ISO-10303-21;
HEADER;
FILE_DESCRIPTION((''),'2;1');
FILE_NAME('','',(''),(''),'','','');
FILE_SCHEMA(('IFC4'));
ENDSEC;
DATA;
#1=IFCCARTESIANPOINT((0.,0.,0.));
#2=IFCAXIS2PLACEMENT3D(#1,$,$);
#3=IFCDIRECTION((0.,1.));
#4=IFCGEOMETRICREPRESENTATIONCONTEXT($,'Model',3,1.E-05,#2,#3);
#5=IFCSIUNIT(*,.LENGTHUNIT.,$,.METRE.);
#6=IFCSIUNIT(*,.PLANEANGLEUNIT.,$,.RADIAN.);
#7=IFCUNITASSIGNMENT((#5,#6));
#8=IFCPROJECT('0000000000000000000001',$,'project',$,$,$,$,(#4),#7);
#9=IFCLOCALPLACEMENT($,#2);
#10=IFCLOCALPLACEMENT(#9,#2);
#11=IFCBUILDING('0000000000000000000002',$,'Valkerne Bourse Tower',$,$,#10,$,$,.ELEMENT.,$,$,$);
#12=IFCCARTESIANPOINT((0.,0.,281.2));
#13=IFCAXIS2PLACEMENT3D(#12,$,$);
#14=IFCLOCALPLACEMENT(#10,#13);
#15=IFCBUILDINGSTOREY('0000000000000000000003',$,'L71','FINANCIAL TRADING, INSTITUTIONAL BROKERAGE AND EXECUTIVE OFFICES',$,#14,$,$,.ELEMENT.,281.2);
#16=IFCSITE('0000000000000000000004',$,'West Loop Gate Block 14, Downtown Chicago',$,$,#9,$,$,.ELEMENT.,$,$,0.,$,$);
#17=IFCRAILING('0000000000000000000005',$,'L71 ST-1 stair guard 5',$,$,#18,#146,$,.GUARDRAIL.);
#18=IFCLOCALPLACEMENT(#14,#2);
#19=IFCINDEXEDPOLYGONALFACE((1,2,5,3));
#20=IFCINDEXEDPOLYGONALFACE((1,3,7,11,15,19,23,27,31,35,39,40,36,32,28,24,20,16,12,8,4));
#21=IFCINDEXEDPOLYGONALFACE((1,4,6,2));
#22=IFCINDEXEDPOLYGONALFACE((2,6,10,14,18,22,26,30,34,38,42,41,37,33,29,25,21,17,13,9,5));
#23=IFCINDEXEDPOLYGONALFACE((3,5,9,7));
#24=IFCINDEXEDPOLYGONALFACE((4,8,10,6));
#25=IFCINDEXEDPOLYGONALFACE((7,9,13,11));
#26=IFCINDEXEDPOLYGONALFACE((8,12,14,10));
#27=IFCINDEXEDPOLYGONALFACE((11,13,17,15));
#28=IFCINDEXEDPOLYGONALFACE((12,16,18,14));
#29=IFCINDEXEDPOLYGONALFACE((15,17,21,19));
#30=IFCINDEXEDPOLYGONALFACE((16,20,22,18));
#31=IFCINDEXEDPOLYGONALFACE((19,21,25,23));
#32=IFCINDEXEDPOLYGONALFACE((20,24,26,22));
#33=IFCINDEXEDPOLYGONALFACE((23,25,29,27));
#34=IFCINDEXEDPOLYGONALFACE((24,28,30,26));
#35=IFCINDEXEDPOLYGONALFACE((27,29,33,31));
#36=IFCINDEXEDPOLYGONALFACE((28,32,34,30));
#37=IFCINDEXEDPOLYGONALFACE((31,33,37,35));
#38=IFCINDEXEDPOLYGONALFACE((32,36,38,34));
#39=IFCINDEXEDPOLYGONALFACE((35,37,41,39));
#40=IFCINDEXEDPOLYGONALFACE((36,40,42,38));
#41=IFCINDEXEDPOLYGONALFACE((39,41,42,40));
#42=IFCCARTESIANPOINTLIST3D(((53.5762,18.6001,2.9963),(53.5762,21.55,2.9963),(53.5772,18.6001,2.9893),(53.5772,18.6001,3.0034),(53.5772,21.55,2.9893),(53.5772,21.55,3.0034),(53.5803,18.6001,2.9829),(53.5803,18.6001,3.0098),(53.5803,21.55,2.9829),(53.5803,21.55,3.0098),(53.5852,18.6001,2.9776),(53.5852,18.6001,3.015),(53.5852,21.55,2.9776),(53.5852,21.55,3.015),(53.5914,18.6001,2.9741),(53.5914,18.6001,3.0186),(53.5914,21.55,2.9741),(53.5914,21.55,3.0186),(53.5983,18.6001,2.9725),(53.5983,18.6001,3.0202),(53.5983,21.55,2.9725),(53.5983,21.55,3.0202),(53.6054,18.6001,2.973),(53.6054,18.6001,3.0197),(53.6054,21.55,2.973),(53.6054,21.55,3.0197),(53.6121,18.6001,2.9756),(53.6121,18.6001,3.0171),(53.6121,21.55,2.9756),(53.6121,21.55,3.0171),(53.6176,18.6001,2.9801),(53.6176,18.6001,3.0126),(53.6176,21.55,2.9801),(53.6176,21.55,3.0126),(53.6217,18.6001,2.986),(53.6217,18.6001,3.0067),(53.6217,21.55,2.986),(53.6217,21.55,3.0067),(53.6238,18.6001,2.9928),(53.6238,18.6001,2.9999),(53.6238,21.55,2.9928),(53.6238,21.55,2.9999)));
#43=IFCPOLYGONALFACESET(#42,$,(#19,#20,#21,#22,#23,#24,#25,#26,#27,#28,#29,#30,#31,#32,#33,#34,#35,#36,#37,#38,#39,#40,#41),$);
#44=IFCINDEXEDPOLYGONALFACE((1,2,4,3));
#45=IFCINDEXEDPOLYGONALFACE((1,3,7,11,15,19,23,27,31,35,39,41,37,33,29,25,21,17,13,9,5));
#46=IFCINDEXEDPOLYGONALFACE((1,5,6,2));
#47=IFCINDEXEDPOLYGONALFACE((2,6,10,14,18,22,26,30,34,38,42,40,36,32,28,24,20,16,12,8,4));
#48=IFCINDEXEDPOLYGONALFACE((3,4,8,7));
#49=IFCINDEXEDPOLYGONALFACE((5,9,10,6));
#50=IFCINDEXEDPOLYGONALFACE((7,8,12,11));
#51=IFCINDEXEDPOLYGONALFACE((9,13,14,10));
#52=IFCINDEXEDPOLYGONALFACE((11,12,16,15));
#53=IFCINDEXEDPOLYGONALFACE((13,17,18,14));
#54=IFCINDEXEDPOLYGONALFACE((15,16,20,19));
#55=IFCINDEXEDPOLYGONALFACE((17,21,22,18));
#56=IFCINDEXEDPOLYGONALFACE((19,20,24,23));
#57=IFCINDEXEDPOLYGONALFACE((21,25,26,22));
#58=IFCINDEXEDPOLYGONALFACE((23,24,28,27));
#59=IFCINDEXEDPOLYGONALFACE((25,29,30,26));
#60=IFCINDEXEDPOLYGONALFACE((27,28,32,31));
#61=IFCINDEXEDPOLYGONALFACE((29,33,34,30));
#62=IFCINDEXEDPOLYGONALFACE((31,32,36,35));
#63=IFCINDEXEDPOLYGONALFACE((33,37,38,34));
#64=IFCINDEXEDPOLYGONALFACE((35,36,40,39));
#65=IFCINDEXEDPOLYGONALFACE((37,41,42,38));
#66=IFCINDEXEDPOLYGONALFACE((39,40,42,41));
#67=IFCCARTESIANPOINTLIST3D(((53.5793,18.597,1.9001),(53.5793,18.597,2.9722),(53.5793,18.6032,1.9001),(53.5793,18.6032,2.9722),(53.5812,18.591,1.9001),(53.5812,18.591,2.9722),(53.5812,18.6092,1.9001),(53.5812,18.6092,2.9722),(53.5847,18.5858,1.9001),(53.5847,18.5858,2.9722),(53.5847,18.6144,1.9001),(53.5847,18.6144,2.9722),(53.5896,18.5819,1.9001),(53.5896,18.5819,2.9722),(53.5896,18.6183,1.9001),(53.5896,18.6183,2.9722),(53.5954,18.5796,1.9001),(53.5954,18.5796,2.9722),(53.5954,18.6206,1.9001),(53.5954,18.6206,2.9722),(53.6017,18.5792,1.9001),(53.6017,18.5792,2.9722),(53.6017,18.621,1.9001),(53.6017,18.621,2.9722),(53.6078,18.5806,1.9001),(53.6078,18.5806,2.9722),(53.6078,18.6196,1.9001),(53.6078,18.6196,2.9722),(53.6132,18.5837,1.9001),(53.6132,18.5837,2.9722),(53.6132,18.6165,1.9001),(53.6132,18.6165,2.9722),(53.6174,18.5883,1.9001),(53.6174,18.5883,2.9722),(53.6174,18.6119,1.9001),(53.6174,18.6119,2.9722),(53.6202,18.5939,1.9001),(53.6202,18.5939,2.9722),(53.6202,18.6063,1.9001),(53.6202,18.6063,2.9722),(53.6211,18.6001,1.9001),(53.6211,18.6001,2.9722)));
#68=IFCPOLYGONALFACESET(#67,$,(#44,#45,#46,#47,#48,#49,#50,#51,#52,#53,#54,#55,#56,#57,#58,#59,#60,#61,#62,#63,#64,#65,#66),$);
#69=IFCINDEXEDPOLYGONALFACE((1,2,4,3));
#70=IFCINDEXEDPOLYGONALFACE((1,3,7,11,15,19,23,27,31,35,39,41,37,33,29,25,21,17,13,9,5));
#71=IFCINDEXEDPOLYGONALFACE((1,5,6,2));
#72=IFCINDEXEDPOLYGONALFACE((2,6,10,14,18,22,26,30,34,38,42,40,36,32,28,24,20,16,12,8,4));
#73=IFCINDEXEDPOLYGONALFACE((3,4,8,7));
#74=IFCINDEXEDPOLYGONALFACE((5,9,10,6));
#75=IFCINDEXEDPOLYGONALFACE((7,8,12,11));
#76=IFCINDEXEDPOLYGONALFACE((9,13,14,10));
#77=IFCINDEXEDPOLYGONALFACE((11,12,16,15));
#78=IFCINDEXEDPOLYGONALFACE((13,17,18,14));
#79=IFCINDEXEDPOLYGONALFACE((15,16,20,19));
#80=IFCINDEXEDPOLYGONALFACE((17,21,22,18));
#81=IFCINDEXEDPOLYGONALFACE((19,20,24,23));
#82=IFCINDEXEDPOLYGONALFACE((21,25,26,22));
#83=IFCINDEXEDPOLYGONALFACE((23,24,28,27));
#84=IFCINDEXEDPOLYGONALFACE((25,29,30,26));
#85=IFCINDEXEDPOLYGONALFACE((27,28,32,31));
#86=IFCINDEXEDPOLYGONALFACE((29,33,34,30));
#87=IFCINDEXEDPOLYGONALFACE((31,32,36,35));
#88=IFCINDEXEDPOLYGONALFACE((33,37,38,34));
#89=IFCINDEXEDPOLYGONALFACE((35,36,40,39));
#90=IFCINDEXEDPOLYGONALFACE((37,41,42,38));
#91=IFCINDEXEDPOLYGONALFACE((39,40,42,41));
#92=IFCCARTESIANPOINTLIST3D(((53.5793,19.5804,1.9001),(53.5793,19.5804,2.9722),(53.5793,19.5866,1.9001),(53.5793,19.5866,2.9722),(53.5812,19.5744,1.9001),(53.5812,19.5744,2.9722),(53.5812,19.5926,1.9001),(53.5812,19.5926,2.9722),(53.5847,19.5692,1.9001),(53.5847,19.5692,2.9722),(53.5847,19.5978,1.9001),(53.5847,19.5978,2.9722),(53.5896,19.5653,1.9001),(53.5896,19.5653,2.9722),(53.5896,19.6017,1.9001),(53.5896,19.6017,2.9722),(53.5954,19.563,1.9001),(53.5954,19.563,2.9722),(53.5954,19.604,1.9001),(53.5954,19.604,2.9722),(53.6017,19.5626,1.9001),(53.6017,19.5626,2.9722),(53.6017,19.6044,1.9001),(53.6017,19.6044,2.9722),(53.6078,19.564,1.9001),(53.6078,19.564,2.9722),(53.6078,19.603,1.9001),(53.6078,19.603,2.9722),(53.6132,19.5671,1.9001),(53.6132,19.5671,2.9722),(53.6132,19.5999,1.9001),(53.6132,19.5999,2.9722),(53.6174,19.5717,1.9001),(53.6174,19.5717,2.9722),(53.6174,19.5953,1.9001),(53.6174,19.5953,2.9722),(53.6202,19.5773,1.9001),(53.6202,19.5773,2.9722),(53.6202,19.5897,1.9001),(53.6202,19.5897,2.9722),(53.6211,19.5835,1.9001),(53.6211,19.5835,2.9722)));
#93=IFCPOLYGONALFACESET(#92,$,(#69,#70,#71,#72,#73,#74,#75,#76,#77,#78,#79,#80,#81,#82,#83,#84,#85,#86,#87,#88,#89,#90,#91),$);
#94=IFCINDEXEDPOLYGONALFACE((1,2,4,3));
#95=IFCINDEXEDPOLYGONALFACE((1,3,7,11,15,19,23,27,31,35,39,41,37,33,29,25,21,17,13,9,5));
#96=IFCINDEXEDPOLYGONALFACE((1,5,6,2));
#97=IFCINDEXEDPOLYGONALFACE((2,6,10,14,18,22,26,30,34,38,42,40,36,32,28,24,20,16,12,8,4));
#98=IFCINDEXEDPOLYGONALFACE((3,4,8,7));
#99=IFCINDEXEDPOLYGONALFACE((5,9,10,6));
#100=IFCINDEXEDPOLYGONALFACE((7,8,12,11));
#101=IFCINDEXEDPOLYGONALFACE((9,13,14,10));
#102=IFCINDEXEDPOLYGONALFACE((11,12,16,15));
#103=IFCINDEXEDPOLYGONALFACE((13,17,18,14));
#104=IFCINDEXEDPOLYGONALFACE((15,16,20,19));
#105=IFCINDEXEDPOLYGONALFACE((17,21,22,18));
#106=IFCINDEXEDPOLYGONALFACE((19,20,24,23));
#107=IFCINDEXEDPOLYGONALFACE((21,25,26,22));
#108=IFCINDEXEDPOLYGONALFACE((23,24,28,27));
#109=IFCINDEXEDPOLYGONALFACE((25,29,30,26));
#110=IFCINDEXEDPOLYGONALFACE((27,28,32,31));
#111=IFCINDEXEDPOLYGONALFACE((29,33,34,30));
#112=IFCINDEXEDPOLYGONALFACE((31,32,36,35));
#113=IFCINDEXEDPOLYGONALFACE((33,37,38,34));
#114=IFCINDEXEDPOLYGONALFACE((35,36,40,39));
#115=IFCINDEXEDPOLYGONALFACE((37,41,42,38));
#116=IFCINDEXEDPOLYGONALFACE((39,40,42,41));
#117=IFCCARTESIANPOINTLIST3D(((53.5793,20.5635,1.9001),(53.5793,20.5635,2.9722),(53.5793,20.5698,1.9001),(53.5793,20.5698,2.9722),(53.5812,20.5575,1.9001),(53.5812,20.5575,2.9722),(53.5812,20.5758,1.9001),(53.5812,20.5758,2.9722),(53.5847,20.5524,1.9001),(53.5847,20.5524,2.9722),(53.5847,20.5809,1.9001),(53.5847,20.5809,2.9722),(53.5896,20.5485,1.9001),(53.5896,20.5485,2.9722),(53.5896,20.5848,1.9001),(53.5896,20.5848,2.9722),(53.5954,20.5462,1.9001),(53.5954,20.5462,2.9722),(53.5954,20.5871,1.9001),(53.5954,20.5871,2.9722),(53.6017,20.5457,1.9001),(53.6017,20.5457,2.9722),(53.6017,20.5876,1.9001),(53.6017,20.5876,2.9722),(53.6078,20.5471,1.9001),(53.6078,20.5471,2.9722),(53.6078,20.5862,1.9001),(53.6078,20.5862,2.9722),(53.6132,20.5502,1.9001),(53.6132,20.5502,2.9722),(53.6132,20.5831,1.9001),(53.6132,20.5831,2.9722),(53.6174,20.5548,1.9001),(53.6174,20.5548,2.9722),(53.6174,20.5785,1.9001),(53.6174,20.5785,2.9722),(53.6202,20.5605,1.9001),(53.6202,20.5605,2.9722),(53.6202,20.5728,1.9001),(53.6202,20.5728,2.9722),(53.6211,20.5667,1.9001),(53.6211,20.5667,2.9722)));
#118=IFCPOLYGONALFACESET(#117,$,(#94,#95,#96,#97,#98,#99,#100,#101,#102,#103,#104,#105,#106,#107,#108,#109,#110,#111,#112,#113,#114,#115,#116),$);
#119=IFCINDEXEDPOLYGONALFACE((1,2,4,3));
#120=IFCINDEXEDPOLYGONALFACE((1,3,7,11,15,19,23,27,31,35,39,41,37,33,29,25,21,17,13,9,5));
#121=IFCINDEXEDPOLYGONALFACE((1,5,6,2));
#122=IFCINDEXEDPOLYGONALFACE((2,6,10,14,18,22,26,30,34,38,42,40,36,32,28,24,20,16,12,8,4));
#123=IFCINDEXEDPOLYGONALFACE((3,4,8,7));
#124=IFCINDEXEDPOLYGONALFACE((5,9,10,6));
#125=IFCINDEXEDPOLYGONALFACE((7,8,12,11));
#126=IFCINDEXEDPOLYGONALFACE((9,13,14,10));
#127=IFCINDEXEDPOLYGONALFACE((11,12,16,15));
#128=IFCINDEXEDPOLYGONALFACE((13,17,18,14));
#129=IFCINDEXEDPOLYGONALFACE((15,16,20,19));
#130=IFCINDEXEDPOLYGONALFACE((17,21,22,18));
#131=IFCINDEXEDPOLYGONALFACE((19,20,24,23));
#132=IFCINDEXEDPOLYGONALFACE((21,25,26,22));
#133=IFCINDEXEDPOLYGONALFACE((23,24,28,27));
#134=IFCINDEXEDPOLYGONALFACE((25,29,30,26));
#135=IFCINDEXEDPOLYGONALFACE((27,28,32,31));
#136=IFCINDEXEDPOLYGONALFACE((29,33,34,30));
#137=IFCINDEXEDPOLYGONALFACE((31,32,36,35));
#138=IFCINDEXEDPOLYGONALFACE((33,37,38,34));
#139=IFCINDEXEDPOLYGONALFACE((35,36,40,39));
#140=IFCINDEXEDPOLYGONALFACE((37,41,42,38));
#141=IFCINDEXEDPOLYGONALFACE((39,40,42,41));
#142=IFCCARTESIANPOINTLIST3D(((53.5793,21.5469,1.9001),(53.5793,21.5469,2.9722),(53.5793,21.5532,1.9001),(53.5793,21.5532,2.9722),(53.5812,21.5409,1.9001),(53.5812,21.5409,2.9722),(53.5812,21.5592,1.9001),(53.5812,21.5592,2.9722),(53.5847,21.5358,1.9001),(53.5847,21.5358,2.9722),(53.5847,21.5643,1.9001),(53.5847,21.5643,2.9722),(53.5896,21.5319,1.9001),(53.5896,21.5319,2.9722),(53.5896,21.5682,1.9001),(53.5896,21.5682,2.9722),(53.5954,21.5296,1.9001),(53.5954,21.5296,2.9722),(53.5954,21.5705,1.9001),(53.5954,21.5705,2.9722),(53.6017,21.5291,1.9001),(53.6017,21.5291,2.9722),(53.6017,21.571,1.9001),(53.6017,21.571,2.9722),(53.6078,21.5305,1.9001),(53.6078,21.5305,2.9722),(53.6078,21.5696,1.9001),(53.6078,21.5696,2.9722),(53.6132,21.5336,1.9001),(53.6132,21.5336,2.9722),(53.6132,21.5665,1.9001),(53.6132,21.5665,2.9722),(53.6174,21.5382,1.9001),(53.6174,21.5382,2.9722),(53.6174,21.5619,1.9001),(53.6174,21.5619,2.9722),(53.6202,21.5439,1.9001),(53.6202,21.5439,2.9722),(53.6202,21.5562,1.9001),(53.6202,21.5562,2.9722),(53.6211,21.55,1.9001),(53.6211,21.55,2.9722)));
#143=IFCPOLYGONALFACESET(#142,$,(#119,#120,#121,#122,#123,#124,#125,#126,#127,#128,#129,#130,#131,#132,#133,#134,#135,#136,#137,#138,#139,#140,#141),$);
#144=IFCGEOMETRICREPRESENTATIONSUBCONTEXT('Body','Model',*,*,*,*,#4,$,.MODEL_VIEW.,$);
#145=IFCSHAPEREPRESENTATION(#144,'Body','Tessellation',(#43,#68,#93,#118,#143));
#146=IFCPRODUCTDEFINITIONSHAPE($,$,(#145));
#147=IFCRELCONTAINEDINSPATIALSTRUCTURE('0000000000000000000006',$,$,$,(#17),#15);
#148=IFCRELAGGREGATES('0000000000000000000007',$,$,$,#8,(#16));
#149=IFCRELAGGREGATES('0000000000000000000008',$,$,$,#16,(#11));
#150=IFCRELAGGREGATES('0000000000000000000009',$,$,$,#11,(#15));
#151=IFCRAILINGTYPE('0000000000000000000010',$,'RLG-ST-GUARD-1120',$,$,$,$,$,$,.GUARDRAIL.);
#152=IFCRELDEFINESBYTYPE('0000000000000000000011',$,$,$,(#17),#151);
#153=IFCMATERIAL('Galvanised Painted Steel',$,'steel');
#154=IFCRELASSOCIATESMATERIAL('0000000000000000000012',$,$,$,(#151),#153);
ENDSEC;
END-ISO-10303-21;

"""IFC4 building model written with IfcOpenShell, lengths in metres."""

from ifc_helpers import new_model, si_unit, direction, frame, origin, origin_2d, place, context, subcontext, project, spatial, circle, extrude, material, type_object, element, save


model = new_model("IFC4")

# Units and contexts
model_context = context("Model", 3, precision=1e-05, world=origin(), true_north=direction((0.0, 1.0)))
body_context = subcontext(model_context, "Body", "Model", "MODEL_VIEW")
ifc_project = project(units=[si_unit("LENGTHUNIT", "METRE"), si_unit("PLANEANGLEUNIT", "RADIAN")], contexts=[model_context])

# Site, building, storey
site_placement = place(None, origin())
site = spatial("IfcSite", under=ifc_project, at=site_placement, Name="West Loop Gate Block 14, Downtown Chicago", CompositionType="ELEMENT", RefElevation=0.0)
building_placement = place(site_placement, origin())
building = spatial("IfcBuilding", under=site, at=building_placement, Name="Valkerne Bourse Tower", CompositionType="ELEMENT")
storey_placement = place(building_placement, frame((0.0, 0.0, 281.2)))
storey = spatial("IfcBuildingStorey", under=building, at=storey_placement, Name="L71", Description="FINANCIAL TRADING, INSTITUTIONAL BROKERAGE AND EXECUTIVE OFFICES", CompositionType="ELEMENT", Elevation=281.2)

# Railing
ifc_material_1 = material(Name="Galvanised Painted Steel", Category="steel")
railing_type = type_object("IfcRailingType", Name="RLG-ST-GUARD-1120", PredefinedType="GUARDRAIL", material=ifc_material_1)
railing_1_placement = place(storey_placement, frame((53.6001, 18.6001, 1.9001)))
element("IfcRailing", 1, at=railing_1_placement, inside=storey, type_object=railing_type, Name="L71 ST-1 stair guard 5", PredefinedType="GUARDRAIL", context=body_context, shape_type="SweptSolid", body=[
    extrude(circle(Radius=0.0239, at=origin_2d()), frame((0.0, 0.0, 1.0962), z_axis=(0.0, 1.0, 0.0), x_axis=(-1.0, 0.0, 0.0)), (0.0, 0.0, 1.0), 2.95),
    extrude(circle(Radius=0.021, at=origin_2d()), origin(), (0.0, 0.0, 1.0), 1.072),
    extrude(circle(Radius=0.021, at=origin_2d()), frame((0.0, 0.9834, 0.0)), (0.0, 0.0, 1.0), 1.072),
    extrude(circle(Radius=0.021, at=origin_2d()), frame((0.0, 1.9666, 0.0)), (0.0, 0.0, 1.0), 1.072),
    extrude(circle(Radius=0.021, at=origin_2d()), frame((0.0, 2.95, 0.0)), (0.0, 0.0, 1.0), 1.072),
])

save(model, "model.ifc")
